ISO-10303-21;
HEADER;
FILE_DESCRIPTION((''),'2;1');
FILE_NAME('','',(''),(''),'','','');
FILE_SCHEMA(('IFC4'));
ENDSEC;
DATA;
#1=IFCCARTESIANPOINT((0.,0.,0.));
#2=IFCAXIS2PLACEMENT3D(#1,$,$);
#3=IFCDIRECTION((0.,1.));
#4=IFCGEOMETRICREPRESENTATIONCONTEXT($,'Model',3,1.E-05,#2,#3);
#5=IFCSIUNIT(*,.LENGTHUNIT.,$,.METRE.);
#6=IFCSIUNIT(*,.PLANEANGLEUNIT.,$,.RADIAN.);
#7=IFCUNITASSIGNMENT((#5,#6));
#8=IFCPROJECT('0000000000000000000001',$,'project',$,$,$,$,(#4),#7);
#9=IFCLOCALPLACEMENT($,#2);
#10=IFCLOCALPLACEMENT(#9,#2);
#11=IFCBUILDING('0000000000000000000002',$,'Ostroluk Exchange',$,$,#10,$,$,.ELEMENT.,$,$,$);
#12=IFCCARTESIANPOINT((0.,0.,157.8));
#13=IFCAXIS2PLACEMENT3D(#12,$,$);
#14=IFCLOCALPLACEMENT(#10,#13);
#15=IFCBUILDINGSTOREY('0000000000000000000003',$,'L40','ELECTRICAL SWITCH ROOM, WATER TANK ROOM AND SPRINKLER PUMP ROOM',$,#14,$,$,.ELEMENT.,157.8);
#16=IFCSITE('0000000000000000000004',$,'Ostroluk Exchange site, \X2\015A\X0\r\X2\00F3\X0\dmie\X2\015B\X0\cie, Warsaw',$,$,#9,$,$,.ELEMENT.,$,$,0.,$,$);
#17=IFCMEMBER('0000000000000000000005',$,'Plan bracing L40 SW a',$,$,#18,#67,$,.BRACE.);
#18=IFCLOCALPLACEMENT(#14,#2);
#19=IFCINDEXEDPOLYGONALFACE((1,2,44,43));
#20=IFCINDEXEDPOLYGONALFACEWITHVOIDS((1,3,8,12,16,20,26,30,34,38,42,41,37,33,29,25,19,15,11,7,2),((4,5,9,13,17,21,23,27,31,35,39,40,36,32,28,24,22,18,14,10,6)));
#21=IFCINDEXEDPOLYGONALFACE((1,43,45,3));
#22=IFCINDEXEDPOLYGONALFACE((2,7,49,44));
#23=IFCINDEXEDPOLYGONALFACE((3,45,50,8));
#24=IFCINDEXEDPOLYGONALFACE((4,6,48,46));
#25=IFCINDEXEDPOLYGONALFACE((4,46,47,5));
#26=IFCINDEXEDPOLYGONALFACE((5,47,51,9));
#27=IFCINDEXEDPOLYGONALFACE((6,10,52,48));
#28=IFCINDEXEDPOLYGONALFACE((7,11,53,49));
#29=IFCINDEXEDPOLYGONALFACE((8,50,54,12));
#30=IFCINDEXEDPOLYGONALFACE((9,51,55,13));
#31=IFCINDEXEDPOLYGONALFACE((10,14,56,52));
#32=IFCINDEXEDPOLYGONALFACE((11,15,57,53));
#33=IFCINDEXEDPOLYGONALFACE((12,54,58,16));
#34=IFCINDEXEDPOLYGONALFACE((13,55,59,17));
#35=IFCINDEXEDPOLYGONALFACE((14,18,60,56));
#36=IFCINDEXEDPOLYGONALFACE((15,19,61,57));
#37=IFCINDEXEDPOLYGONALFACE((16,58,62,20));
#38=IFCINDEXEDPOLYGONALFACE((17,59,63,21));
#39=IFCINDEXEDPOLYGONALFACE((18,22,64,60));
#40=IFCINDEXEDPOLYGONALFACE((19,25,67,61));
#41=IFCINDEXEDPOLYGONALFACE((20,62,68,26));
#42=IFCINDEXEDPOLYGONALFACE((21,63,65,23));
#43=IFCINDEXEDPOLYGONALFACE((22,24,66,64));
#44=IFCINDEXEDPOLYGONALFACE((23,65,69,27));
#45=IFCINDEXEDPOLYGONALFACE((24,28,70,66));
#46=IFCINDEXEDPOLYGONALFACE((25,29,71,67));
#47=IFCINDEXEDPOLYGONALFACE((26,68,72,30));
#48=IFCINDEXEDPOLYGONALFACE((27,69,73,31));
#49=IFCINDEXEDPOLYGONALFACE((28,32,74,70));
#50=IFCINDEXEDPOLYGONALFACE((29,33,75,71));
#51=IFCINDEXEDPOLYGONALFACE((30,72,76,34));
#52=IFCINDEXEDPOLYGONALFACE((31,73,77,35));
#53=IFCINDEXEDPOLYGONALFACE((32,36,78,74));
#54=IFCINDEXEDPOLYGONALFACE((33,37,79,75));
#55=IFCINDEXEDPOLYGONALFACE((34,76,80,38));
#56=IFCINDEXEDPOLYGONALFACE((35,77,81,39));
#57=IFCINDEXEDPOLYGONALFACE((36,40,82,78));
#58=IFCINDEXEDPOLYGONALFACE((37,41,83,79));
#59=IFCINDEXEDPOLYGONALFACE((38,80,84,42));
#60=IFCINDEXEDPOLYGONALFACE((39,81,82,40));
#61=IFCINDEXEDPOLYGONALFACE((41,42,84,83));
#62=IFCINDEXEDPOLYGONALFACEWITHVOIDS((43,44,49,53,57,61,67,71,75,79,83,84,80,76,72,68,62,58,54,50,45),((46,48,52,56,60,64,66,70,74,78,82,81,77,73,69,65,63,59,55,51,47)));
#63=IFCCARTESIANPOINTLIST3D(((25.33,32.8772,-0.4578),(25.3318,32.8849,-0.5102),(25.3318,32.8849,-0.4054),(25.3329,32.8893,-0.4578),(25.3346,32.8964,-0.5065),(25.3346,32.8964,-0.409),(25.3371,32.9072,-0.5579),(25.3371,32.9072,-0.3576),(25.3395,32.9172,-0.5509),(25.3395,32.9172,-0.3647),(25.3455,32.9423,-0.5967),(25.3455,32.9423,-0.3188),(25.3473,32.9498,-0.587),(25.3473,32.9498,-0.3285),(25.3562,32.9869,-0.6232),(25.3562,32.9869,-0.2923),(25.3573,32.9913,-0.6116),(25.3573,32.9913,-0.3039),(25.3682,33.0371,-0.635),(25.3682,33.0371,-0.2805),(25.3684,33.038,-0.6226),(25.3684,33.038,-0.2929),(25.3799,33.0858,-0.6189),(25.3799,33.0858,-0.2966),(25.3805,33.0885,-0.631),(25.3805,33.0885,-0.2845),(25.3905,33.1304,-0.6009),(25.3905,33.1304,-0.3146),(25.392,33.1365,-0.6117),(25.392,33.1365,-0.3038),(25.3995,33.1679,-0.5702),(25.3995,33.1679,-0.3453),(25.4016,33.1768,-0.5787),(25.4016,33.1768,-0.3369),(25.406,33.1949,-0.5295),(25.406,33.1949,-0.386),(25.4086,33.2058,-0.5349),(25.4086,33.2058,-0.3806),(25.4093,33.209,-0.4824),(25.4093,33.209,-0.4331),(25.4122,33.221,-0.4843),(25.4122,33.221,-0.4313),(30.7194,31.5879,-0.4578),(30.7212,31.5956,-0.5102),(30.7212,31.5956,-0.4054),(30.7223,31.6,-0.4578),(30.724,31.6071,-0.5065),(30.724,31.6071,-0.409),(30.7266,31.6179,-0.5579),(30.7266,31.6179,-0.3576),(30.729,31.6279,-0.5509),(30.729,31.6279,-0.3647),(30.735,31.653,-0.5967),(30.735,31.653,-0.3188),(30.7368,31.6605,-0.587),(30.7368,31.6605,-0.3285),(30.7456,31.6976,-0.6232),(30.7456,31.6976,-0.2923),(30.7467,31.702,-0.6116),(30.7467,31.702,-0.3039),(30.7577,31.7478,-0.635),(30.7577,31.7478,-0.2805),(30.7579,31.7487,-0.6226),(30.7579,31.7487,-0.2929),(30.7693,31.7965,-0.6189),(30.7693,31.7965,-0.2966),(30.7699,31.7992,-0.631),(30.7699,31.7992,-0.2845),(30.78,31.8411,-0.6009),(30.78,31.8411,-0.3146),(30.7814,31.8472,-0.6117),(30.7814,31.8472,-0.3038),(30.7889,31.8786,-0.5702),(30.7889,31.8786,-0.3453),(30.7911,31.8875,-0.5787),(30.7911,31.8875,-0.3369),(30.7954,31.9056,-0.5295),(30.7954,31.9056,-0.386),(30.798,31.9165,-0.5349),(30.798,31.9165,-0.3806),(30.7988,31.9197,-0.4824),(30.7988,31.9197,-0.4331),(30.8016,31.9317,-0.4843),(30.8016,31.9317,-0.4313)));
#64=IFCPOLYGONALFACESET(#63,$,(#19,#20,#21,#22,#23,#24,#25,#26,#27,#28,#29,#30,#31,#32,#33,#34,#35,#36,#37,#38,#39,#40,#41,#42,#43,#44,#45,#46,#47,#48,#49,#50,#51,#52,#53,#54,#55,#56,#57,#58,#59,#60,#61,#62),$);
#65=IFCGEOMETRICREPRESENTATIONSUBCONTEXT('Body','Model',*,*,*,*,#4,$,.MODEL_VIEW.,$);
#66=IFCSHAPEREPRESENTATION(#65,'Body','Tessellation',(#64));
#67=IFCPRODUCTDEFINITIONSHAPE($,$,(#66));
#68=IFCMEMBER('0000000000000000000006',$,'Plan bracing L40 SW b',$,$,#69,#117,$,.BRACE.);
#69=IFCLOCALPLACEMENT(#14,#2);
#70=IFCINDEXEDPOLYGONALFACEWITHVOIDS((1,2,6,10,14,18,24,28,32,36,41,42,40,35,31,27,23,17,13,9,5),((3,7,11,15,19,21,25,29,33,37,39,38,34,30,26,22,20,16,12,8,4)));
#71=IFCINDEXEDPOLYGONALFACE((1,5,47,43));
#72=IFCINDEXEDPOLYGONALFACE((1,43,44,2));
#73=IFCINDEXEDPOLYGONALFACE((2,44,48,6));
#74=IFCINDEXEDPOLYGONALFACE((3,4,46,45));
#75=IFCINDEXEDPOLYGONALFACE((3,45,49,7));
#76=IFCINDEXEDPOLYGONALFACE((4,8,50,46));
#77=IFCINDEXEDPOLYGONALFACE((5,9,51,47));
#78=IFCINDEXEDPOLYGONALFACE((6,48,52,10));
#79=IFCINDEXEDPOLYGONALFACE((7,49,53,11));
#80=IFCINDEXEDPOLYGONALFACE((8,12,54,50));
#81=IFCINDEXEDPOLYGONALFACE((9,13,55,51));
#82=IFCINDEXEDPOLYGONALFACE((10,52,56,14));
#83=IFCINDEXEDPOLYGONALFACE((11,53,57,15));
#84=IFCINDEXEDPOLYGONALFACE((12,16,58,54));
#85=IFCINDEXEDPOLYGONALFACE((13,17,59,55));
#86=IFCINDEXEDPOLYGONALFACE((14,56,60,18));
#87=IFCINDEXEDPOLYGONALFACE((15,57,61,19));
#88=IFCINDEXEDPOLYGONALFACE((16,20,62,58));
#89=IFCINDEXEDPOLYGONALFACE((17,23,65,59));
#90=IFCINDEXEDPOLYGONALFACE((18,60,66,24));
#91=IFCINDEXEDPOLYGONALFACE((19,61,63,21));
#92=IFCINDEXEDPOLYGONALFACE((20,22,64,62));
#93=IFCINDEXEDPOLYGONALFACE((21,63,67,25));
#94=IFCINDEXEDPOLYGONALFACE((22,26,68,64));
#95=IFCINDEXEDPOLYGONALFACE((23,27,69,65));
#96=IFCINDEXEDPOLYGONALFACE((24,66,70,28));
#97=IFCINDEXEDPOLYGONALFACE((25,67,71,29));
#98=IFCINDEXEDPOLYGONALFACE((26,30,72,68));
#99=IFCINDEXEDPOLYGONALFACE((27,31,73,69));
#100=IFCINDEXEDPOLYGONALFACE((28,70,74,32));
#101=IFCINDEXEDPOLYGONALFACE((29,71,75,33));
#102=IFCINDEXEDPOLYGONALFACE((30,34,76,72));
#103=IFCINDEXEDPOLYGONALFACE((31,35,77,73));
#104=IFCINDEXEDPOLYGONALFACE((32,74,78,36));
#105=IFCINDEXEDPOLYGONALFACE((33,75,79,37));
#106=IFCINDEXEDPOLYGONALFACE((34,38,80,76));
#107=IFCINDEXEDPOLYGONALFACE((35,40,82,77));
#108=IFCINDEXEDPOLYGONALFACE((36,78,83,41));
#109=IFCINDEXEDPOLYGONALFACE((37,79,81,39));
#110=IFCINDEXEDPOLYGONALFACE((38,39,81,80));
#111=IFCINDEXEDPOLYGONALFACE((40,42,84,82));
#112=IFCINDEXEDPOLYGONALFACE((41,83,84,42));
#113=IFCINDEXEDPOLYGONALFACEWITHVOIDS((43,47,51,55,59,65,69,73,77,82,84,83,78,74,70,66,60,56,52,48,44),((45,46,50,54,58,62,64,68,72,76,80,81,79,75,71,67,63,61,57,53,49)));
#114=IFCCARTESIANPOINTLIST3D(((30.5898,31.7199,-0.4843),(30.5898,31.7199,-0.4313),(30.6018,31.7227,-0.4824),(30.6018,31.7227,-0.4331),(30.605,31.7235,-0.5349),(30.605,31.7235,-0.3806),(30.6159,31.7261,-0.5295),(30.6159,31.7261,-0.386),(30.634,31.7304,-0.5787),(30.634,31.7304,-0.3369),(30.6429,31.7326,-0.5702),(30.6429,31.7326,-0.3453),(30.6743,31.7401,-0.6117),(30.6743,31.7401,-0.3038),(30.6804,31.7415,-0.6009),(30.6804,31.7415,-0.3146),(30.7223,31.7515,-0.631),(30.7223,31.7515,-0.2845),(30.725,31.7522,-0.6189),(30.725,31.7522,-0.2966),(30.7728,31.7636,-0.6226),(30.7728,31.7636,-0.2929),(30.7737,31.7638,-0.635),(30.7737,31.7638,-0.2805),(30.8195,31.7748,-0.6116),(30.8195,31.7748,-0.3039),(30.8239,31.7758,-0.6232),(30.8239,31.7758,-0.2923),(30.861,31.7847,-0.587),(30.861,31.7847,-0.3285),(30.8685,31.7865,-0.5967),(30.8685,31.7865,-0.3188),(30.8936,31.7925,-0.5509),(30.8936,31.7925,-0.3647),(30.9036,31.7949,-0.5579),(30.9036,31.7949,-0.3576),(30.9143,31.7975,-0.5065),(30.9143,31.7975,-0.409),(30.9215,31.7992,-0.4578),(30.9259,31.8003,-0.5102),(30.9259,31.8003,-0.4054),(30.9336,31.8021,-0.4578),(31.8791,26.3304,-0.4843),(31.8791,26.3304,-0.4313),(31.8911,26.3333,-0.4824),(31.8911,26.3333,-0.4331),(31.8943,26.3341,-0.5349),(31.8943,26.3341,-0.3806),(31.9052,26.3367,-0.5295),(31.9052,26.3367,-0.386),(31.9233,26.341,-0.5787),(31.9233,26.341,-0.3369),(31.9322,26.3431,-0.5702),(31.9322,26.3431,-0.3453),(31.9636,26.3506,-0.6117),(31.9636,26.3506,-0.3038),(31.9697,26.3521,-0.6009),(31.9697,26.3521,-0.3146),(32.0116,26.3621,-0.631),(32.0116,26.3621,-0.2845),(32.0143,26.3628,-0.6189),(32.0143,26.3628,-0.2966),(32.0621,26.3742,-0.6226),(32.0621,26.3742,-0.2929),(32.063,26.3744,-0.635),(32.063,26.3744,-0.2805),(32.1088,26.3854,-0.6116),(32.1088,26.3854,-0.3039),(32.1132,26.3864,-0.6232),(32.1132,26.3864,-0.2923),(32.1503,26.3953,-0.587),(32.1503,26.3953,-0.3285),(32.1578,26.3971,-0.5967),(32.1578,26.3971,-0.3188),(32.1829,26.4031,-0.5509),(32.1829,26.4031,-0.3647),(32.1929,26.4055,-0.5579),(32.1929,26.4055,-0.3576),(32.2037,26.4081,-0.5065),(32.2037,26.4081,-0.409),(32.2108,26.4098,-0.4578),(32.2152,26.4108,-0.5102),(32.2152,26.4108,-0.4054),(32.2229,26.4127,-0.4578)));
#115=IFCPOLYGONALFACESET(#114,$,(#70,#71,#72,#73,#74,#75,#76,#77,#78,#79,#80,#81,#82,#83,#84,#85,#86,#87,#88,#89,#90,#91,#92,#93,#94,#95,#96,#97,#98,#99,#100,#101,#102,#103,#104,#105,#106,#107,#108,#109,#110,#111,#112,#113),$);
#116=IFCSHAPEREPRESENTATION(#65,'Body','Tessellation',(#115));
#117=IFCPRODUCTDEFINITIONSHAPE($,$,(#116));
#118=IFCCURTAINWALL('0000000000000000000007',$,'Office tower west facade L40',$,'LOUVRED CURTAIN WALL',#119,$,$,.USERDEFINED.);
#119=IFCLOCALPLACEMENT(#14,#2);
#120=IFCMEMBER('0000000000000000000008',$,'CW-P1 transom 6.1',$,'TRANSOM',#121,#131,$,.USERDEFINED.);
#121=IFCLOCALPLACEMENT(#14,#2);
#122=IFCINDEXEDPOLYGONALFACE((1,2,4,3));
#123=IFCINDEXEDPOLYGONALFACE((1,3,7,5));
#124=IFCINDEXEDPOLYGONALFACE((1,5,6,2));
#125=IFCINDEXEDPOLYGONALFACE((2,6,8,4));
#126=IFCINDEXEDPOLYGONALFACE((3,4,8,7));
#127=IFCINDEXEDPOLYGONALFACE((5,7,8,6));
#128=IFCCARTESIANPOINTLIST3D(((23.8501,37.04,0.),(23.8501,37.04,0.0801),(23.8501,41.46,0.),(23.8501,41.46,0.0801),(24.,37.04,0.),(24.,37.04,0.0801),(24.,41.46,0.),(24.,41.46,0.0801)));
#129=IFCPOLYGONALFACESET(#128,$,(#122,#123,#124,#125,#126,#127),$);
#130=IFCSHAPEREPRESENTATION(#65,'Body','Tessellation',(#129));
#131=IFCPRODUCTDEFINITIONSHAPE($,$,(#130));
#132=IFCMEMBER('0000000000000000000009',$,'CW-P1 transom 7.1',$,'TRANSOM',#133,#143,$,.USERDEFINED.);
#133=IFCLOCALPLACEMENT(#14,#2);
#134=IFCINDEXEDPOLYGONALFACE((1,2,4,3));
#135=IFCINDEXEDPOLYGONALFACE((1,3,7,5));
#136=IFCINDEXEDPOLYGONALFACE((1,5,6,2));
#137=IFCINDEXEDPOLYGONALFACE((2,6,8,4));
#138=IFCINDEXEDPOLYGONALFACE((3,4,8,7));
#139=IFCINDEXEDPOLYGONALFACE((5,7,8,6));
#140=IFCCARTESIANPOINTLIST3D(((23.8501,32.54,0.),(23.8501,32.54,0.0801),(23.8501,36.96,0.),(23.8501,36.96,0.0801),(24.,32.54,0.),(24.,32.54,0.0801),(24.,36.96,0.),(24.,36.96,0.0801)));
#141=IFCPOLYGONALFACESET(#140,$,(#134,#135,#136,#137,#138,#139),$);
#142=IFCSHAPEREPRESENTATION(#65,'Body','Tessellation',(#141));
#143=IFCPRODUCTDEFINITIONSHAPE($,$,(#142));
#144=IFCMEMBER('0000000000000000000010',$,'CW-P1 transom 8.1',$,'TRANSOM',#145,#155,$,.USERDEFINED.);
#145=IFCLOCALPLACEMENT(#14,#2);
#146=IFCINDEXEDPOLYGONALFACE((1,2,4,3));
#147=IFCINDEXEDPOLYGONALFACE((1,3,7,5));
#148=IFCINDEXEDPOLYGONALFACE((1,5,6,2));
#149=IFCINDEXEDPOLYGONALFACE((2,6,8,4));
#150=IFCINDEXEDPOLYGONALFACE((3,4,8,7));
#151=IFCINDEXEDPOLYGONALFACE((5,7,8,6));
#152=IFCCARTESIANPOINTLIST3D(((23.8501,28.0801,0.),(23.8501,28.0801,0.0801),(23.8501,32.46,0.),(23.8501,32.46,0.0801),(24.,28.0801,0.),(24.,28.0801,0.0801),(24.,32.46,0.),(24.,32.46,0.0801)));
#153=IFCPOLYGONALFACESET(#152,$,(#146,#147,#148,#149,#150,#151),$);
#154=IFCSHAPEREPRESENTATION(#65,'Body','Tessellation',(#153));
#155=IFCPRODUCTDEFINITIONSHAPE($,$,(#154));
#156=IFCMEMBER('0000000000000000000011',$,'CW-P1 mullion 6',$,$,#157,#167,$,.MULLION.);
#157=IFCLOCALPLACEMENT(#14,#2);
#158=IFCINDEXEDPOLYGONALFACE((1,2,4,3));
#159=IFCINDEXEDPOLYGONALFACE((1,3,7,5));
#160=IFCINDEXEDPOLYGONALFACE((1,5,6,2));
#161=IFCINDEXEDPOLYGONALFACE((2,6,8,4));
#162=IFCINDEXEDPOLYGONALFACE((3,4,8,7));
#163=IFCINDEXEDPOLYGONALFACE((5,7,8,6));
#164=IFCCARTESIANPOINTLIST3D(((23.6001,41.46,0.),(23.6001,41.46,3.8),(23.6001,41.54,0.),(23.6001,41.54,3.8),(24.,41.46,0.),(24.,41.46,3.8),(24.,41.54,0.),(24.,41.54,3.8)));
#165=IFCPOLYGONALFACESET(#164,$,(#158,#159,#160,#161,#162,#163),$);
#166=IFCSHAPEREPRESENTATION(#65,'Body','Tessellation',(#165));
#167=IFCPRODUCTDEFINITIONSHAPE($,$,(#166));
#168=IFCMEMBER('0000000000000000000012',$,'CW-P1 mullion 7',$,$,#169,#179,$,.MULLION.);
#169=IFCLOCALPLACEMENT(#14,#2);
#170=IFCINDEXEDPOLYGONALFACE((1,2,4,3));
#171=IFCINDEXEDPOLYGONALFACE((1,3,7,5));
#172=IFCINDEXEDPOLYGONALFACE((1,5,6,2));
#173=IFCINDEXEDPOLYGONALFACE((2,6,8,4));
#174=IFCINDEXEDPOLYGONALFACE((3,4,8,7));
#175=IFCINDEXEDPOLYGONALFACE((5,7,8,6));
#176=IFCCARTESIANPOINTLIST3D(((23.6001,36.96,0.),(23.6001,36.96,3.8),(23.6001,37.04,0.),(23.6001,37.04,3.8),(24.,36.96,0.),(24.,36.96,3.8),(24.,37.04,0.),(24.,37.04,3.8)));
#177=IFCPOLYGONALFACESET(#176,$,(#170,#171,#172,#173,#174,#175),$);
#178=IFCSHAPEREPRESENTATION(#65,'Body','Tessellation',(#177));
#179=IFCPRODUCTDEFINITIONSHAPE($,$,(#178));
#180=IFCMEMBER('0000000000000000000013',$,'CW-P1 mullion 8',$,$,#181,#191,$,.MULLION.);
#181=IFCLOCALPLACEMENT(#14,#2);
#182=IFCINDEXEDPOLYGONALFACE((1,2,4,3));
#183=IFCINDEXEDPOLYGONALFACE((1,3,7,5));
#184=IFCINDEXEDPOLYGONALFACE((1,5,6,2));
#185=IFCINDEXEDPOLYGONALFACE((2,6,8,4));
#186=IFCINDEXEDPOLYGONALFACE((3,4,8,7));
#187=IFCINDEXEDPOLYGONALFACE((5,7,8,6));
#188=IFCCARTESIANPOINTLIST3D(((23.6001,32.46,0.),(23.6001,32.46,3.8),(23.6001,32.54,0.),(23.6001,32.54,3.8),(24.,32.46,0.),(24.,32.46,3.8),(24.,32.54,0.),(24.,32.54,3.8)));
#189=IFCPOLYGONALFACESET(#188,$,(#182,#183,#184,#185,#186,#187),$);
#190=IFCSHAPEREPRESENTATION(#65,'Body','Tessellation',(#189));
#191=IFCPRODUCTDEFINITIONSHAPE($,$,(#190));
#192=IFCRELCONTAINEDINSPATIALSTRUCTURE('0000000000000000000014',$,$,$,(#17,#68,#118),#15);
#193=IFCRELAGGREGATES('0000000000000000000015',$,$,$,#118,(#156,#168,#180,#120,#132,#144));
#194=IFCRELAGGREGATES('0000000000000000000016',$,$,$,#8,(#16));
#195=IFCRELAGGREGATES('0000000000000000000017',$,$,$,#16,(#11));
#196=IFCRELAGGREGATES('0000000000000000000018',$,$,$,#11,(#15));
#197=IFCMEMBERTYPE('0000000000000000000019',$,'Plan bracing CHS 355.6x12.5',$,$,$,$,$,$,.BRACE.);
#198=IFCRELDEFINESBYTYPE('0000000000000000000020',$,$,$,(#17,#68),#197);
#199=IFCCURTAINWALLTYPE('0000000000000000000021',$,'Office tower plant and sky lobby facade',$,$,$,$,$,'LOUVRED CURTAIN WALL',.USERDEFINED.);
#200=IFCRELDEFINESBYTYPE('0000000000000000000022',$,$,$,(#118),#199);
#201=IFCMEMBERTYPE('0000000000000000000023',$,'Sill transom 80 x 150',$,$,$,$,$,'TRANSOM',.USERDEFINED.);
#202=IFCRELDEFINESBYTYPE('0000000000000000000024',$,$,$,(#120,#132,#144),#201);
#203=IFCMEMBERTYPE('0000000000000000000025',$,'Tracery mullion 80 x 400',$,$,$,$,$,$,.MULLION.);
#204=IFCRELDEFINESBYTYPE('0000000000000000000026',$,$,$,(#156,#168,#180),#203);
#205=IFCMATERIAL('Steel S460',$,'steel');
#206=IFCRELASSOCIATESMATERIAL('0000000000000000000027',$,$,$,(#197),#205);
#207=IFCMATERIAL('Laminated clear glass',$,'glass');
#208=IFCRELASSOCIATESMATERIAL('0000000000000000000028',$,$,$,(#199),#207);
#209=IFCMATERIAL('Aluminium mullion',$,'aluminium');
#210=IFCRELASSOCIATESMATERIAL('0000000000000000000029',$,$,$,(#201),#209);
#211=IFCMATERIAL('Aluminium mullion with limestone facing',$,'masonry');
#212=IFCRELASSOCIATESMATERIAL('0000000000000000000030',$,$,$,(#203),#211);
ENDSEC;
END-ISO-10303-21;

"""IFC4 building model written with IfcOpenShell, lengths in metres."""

from ifc_helpers import new_model, si_unit, direction, frame, origin, origin_2d, place, context, subcontext, project, spatial, rectangle, hollow_circle, extrude, material, material_profile, profile_set, type_object, element, aggregate, save


model = new_model("IFC4")

# Units and contexts
model_context = context("Model", 3, precision=1e-05, world=origin(), true_north=direction((0.0, 1.0)))
body_context = subcontext(model_context, "Body", "Model", "MODEL_VIEW")
ifc_project = project(units=[si_unit("LENGTHUNIT", "METRE"), si_unit("PLANEANGLEUNIT", "RADIAN")], contexts=[model_context])

# Site, building, storey
site_placement = place(None, origin())
site = spatial("IfcSite", under=ifc_project, at=site_placement, Name="Ostroluk Exchange site, Śródmieście, Warsaw", CompositionType="ELEMENT", RefElevation=0.0)
building_placement = place(site_placement, origin())
building = spatial("IfcBuilding", under=site, at=building_placement, Name="Ostroluk Exchange", CompositionType="ELEMENT")
storey_placement = place(building_placement, frame((0.0, 0.0, 157.8)))
storey = spatial("IfcBuildingStorey", under=building, at=storey_placement, Name="L40", Description="ELECTRICAL SWITCH ROOM, WATER TANK ROOM AND SPRINKLER PUMP ROOM", CompositionType="ELEMENT", Elevation=157.8)

# Members
ifc_material_1 = material(Name="Steel S460", Category="steel")
ifc_material_profile_1 = material_profile(ifc_material_1, hollow_circle(Radius=0.1777, WallThickness=0.0125, at=origin_2d()), Name="CHS 355.6x12.5")
ifc_profile_set_1 = profile_set([ifc_material_profile_1], Name="Steel S460")
member_type_1 = type_object("IfcMemberType", Name="Plan bracing CHS 355.6x12.5", PredefinedType="BRACE", material=ifc_profile_set_1)
for number, where, z_axis, x_axis, name in (
    (1, (30.7607, 31.7607, -0.4578), (-0.972557, 0.232665, 0.0), (-0.232665, -0.972557, 0.0), "Plan bracing L40 SW a"),
    (2, (30.7607, 31.7607, -0.4578), (0.232665, -0.972557, 0.0), (0.972557, 0.232665, 0.0), "Plan bracing L40 SW b"),
):
    element("IfcMember", number, at=place(storey_placement, frame(where, z_axis=z_axis, x_axis=x_axis)), inside=storey, type_object=member_type_1, Name=name, PredefinedType="BRACE", context=body_context, shape_type="SweptSolid", body=[
        extrude(hollow_circle(Radius=0.1777, WallThickness=0.0125, at=origin_2d()), origin(), (0.0, 0.0, 1.0), 5.5415),
    ])

# Curtain wall, members
ifc_material_2 = material(Name="Laminated clear glass", Category="glass")
curtain_wall_type = type_object("IfcCurtainWallType", Name="Office tower plant and sky lobby facade", ElementType="LOUVRED CURTAIN WALL", PredefinedType="USERDEFINED", material=ifc_material_2)
curtain_wall_placement = place(storey_placement, origin())
curtain_wall = element("IfcCurtainWall", 3, at=curtain_wall_placement, inside=storey, type_object=curtain_wall_type, Name="Office tower west facade L40", ObjectType="LOUVRED CURTAIN WALL", PredefinedType="USERDEFINED")
ifc_material_3 = material(Name="Aluminium mullion", Category="aluminium")
ifc_material_profile_2 = material_profile(ifc_material_3, rectangle(XDim=0.1499, YDim=0.0801, at=origin_2d()), Name="Sill transom 80 x 150")
ifc_profile_set_2 = profile_set([ifc_material_profile_2], Name="Aluminium mullion")
member_type_2 = type_object("IfcMemberType", Name="Sill transom 80 x 150", ElementType="TRANSOM", PredefinedType="USERDEFINED", material=ifc_profile_set_2)
member_1_placement = place(storey_placement, frame((23.925, 41.46, 0.04), z_axis=(0.0, -1.0, 0.0), x_axis=(1.0, 0.0, 0.0)))
member_1 = element("IfcMember", 4, at=member_1_placement, type_object=member_type_2, Name="CW-P1 transom 6.1", ObjectType="TRANSOM", PredefinedType="USERDEFINED", context=body_context, shape_type="SweptSolid", body=[
    extrude(rectangle(XDim=0.1499, YDim=0.0801, at=origin_2d()), origin(), (0.0, 0.0, 1.0), 4.4199),
])
member_2_placement = place(storey_placement, frame((23.925, 36.96, 0.04), z_axis=(0.0, -1.0, 0.0), x_axis=(1.0, 0.0, 0.0)))
member_2 = element("IfcMember", 5, at=member_2_placement, type_object=member_type_2, Name="CW-P1 transom 7.1", ObjectType="TRANSOM", PredefinedType="USERDEFINED", context=body_context, shape_type="SweptSolid", body=[
    extrude(rectangle(XDim=0.1499, YDim=0.0801, at=origin_2d()), origin(), (0.0, 0.0, 1.0), 4.4199),
])
member_3_placement = place(storey_placement, frame((23.925, 32.46, 0.04), z_axis=(0.0, -1.0, 0.0), x_axis=(1.0, 0.0, 0.0)))
member_3 = element("IfcMember", 6, at=member_3_placement, type_object=member_type_2, Name="CW-P1 transom 8.1", ObjectType="TRANSOM", PredefinedType="USERDEFINED", context=body_context, shape_type="SweptSolid", body=[
    extrude(rectangle(XDim=0.1499, YDim=0.0801, at=origin_2d()), origin(), (0.0, 0.0, 1.0), 4.3799),
])
ifc_material_4 = material(Name="Aluminium mullion with limestone facing", Category="masonry")
ifc_material_profile_3 = material_profile(ifc_material_4, rectangle(XDim=0.3999, YDim=0.0801, at=origin_2d()), Name="Tracery mullion 80 x 400")
ifc_profile_set_3 = profile_set([ifc_material_profile_3], Name="Aluminium mullion with limestone facing")
member_type_3 = type_object("IfcMemberType", Name="Tracery mullion 80 x 400", PredefinedType="MULLION", material=ifc_profile_set_3)
member_4_placement = place(storey_placement, frame((23.8, 41.5, 0.0), z_axis=(0.0, 0.0, 1.0), x_axis=(1.0, 0.0, 0.0)))
member_4 = element("IfcMember", 7, at=member_4_placement, type_object=member_type_3, Name="CW-P1 mullion 6", PredefinedType="MULLION", context=body_context, shape_type="SweptSolid", body=[
    extrude(rectangle(XDim=0.3999, YDim=0.0801, at=origin_2d()), origin(), (0.0, 0.0, 1.0), 3.8),
])
member_5_placement = place(storey_placement, frame((23.8, 37.0, 0.0), z_axis=(0.0, 0.0, 1.0), x_axis=(1.0, 0.0, 0.0)))
member_5 = element("IfcMember", 8, at=member_5_placement, type_object=member_type_3, Name="CW-P1 mullion 7", PredefinedType="MULLION", context=body_context, shape_type="SweptSolid", body=[
    extrude(rectangle(XDim=0.3999, YDim=0.0801, at=origin_2d()), origin(), (0.0, 0.0, 1.0), 3.8),
])
member_6_placement = place(storey_placement, frame((23.8, 32.5, 0.0), z_axis=(0.0, 0.0, 1.0), x_axis=(1.0, 0.0, 0.0)))
member_6 = element("IfcMember", 9, at=member_6_placement, type_object=member_type_3, Name="CW-P1 mullion 8", PredefinedType="MULLION", context=body_context, shape_type="SweptSolid", body=[
    extrude(rectangle(XDim=0.3999, YDim=0.0801, at=origin_2d()), origin(), (0.0, 0.0, 1.0), 3.8),
])
aggregate(curtain_wall, [member_4, member_5, member_6, member_1, member_2, member_3])

save(model, "model.ifc")
